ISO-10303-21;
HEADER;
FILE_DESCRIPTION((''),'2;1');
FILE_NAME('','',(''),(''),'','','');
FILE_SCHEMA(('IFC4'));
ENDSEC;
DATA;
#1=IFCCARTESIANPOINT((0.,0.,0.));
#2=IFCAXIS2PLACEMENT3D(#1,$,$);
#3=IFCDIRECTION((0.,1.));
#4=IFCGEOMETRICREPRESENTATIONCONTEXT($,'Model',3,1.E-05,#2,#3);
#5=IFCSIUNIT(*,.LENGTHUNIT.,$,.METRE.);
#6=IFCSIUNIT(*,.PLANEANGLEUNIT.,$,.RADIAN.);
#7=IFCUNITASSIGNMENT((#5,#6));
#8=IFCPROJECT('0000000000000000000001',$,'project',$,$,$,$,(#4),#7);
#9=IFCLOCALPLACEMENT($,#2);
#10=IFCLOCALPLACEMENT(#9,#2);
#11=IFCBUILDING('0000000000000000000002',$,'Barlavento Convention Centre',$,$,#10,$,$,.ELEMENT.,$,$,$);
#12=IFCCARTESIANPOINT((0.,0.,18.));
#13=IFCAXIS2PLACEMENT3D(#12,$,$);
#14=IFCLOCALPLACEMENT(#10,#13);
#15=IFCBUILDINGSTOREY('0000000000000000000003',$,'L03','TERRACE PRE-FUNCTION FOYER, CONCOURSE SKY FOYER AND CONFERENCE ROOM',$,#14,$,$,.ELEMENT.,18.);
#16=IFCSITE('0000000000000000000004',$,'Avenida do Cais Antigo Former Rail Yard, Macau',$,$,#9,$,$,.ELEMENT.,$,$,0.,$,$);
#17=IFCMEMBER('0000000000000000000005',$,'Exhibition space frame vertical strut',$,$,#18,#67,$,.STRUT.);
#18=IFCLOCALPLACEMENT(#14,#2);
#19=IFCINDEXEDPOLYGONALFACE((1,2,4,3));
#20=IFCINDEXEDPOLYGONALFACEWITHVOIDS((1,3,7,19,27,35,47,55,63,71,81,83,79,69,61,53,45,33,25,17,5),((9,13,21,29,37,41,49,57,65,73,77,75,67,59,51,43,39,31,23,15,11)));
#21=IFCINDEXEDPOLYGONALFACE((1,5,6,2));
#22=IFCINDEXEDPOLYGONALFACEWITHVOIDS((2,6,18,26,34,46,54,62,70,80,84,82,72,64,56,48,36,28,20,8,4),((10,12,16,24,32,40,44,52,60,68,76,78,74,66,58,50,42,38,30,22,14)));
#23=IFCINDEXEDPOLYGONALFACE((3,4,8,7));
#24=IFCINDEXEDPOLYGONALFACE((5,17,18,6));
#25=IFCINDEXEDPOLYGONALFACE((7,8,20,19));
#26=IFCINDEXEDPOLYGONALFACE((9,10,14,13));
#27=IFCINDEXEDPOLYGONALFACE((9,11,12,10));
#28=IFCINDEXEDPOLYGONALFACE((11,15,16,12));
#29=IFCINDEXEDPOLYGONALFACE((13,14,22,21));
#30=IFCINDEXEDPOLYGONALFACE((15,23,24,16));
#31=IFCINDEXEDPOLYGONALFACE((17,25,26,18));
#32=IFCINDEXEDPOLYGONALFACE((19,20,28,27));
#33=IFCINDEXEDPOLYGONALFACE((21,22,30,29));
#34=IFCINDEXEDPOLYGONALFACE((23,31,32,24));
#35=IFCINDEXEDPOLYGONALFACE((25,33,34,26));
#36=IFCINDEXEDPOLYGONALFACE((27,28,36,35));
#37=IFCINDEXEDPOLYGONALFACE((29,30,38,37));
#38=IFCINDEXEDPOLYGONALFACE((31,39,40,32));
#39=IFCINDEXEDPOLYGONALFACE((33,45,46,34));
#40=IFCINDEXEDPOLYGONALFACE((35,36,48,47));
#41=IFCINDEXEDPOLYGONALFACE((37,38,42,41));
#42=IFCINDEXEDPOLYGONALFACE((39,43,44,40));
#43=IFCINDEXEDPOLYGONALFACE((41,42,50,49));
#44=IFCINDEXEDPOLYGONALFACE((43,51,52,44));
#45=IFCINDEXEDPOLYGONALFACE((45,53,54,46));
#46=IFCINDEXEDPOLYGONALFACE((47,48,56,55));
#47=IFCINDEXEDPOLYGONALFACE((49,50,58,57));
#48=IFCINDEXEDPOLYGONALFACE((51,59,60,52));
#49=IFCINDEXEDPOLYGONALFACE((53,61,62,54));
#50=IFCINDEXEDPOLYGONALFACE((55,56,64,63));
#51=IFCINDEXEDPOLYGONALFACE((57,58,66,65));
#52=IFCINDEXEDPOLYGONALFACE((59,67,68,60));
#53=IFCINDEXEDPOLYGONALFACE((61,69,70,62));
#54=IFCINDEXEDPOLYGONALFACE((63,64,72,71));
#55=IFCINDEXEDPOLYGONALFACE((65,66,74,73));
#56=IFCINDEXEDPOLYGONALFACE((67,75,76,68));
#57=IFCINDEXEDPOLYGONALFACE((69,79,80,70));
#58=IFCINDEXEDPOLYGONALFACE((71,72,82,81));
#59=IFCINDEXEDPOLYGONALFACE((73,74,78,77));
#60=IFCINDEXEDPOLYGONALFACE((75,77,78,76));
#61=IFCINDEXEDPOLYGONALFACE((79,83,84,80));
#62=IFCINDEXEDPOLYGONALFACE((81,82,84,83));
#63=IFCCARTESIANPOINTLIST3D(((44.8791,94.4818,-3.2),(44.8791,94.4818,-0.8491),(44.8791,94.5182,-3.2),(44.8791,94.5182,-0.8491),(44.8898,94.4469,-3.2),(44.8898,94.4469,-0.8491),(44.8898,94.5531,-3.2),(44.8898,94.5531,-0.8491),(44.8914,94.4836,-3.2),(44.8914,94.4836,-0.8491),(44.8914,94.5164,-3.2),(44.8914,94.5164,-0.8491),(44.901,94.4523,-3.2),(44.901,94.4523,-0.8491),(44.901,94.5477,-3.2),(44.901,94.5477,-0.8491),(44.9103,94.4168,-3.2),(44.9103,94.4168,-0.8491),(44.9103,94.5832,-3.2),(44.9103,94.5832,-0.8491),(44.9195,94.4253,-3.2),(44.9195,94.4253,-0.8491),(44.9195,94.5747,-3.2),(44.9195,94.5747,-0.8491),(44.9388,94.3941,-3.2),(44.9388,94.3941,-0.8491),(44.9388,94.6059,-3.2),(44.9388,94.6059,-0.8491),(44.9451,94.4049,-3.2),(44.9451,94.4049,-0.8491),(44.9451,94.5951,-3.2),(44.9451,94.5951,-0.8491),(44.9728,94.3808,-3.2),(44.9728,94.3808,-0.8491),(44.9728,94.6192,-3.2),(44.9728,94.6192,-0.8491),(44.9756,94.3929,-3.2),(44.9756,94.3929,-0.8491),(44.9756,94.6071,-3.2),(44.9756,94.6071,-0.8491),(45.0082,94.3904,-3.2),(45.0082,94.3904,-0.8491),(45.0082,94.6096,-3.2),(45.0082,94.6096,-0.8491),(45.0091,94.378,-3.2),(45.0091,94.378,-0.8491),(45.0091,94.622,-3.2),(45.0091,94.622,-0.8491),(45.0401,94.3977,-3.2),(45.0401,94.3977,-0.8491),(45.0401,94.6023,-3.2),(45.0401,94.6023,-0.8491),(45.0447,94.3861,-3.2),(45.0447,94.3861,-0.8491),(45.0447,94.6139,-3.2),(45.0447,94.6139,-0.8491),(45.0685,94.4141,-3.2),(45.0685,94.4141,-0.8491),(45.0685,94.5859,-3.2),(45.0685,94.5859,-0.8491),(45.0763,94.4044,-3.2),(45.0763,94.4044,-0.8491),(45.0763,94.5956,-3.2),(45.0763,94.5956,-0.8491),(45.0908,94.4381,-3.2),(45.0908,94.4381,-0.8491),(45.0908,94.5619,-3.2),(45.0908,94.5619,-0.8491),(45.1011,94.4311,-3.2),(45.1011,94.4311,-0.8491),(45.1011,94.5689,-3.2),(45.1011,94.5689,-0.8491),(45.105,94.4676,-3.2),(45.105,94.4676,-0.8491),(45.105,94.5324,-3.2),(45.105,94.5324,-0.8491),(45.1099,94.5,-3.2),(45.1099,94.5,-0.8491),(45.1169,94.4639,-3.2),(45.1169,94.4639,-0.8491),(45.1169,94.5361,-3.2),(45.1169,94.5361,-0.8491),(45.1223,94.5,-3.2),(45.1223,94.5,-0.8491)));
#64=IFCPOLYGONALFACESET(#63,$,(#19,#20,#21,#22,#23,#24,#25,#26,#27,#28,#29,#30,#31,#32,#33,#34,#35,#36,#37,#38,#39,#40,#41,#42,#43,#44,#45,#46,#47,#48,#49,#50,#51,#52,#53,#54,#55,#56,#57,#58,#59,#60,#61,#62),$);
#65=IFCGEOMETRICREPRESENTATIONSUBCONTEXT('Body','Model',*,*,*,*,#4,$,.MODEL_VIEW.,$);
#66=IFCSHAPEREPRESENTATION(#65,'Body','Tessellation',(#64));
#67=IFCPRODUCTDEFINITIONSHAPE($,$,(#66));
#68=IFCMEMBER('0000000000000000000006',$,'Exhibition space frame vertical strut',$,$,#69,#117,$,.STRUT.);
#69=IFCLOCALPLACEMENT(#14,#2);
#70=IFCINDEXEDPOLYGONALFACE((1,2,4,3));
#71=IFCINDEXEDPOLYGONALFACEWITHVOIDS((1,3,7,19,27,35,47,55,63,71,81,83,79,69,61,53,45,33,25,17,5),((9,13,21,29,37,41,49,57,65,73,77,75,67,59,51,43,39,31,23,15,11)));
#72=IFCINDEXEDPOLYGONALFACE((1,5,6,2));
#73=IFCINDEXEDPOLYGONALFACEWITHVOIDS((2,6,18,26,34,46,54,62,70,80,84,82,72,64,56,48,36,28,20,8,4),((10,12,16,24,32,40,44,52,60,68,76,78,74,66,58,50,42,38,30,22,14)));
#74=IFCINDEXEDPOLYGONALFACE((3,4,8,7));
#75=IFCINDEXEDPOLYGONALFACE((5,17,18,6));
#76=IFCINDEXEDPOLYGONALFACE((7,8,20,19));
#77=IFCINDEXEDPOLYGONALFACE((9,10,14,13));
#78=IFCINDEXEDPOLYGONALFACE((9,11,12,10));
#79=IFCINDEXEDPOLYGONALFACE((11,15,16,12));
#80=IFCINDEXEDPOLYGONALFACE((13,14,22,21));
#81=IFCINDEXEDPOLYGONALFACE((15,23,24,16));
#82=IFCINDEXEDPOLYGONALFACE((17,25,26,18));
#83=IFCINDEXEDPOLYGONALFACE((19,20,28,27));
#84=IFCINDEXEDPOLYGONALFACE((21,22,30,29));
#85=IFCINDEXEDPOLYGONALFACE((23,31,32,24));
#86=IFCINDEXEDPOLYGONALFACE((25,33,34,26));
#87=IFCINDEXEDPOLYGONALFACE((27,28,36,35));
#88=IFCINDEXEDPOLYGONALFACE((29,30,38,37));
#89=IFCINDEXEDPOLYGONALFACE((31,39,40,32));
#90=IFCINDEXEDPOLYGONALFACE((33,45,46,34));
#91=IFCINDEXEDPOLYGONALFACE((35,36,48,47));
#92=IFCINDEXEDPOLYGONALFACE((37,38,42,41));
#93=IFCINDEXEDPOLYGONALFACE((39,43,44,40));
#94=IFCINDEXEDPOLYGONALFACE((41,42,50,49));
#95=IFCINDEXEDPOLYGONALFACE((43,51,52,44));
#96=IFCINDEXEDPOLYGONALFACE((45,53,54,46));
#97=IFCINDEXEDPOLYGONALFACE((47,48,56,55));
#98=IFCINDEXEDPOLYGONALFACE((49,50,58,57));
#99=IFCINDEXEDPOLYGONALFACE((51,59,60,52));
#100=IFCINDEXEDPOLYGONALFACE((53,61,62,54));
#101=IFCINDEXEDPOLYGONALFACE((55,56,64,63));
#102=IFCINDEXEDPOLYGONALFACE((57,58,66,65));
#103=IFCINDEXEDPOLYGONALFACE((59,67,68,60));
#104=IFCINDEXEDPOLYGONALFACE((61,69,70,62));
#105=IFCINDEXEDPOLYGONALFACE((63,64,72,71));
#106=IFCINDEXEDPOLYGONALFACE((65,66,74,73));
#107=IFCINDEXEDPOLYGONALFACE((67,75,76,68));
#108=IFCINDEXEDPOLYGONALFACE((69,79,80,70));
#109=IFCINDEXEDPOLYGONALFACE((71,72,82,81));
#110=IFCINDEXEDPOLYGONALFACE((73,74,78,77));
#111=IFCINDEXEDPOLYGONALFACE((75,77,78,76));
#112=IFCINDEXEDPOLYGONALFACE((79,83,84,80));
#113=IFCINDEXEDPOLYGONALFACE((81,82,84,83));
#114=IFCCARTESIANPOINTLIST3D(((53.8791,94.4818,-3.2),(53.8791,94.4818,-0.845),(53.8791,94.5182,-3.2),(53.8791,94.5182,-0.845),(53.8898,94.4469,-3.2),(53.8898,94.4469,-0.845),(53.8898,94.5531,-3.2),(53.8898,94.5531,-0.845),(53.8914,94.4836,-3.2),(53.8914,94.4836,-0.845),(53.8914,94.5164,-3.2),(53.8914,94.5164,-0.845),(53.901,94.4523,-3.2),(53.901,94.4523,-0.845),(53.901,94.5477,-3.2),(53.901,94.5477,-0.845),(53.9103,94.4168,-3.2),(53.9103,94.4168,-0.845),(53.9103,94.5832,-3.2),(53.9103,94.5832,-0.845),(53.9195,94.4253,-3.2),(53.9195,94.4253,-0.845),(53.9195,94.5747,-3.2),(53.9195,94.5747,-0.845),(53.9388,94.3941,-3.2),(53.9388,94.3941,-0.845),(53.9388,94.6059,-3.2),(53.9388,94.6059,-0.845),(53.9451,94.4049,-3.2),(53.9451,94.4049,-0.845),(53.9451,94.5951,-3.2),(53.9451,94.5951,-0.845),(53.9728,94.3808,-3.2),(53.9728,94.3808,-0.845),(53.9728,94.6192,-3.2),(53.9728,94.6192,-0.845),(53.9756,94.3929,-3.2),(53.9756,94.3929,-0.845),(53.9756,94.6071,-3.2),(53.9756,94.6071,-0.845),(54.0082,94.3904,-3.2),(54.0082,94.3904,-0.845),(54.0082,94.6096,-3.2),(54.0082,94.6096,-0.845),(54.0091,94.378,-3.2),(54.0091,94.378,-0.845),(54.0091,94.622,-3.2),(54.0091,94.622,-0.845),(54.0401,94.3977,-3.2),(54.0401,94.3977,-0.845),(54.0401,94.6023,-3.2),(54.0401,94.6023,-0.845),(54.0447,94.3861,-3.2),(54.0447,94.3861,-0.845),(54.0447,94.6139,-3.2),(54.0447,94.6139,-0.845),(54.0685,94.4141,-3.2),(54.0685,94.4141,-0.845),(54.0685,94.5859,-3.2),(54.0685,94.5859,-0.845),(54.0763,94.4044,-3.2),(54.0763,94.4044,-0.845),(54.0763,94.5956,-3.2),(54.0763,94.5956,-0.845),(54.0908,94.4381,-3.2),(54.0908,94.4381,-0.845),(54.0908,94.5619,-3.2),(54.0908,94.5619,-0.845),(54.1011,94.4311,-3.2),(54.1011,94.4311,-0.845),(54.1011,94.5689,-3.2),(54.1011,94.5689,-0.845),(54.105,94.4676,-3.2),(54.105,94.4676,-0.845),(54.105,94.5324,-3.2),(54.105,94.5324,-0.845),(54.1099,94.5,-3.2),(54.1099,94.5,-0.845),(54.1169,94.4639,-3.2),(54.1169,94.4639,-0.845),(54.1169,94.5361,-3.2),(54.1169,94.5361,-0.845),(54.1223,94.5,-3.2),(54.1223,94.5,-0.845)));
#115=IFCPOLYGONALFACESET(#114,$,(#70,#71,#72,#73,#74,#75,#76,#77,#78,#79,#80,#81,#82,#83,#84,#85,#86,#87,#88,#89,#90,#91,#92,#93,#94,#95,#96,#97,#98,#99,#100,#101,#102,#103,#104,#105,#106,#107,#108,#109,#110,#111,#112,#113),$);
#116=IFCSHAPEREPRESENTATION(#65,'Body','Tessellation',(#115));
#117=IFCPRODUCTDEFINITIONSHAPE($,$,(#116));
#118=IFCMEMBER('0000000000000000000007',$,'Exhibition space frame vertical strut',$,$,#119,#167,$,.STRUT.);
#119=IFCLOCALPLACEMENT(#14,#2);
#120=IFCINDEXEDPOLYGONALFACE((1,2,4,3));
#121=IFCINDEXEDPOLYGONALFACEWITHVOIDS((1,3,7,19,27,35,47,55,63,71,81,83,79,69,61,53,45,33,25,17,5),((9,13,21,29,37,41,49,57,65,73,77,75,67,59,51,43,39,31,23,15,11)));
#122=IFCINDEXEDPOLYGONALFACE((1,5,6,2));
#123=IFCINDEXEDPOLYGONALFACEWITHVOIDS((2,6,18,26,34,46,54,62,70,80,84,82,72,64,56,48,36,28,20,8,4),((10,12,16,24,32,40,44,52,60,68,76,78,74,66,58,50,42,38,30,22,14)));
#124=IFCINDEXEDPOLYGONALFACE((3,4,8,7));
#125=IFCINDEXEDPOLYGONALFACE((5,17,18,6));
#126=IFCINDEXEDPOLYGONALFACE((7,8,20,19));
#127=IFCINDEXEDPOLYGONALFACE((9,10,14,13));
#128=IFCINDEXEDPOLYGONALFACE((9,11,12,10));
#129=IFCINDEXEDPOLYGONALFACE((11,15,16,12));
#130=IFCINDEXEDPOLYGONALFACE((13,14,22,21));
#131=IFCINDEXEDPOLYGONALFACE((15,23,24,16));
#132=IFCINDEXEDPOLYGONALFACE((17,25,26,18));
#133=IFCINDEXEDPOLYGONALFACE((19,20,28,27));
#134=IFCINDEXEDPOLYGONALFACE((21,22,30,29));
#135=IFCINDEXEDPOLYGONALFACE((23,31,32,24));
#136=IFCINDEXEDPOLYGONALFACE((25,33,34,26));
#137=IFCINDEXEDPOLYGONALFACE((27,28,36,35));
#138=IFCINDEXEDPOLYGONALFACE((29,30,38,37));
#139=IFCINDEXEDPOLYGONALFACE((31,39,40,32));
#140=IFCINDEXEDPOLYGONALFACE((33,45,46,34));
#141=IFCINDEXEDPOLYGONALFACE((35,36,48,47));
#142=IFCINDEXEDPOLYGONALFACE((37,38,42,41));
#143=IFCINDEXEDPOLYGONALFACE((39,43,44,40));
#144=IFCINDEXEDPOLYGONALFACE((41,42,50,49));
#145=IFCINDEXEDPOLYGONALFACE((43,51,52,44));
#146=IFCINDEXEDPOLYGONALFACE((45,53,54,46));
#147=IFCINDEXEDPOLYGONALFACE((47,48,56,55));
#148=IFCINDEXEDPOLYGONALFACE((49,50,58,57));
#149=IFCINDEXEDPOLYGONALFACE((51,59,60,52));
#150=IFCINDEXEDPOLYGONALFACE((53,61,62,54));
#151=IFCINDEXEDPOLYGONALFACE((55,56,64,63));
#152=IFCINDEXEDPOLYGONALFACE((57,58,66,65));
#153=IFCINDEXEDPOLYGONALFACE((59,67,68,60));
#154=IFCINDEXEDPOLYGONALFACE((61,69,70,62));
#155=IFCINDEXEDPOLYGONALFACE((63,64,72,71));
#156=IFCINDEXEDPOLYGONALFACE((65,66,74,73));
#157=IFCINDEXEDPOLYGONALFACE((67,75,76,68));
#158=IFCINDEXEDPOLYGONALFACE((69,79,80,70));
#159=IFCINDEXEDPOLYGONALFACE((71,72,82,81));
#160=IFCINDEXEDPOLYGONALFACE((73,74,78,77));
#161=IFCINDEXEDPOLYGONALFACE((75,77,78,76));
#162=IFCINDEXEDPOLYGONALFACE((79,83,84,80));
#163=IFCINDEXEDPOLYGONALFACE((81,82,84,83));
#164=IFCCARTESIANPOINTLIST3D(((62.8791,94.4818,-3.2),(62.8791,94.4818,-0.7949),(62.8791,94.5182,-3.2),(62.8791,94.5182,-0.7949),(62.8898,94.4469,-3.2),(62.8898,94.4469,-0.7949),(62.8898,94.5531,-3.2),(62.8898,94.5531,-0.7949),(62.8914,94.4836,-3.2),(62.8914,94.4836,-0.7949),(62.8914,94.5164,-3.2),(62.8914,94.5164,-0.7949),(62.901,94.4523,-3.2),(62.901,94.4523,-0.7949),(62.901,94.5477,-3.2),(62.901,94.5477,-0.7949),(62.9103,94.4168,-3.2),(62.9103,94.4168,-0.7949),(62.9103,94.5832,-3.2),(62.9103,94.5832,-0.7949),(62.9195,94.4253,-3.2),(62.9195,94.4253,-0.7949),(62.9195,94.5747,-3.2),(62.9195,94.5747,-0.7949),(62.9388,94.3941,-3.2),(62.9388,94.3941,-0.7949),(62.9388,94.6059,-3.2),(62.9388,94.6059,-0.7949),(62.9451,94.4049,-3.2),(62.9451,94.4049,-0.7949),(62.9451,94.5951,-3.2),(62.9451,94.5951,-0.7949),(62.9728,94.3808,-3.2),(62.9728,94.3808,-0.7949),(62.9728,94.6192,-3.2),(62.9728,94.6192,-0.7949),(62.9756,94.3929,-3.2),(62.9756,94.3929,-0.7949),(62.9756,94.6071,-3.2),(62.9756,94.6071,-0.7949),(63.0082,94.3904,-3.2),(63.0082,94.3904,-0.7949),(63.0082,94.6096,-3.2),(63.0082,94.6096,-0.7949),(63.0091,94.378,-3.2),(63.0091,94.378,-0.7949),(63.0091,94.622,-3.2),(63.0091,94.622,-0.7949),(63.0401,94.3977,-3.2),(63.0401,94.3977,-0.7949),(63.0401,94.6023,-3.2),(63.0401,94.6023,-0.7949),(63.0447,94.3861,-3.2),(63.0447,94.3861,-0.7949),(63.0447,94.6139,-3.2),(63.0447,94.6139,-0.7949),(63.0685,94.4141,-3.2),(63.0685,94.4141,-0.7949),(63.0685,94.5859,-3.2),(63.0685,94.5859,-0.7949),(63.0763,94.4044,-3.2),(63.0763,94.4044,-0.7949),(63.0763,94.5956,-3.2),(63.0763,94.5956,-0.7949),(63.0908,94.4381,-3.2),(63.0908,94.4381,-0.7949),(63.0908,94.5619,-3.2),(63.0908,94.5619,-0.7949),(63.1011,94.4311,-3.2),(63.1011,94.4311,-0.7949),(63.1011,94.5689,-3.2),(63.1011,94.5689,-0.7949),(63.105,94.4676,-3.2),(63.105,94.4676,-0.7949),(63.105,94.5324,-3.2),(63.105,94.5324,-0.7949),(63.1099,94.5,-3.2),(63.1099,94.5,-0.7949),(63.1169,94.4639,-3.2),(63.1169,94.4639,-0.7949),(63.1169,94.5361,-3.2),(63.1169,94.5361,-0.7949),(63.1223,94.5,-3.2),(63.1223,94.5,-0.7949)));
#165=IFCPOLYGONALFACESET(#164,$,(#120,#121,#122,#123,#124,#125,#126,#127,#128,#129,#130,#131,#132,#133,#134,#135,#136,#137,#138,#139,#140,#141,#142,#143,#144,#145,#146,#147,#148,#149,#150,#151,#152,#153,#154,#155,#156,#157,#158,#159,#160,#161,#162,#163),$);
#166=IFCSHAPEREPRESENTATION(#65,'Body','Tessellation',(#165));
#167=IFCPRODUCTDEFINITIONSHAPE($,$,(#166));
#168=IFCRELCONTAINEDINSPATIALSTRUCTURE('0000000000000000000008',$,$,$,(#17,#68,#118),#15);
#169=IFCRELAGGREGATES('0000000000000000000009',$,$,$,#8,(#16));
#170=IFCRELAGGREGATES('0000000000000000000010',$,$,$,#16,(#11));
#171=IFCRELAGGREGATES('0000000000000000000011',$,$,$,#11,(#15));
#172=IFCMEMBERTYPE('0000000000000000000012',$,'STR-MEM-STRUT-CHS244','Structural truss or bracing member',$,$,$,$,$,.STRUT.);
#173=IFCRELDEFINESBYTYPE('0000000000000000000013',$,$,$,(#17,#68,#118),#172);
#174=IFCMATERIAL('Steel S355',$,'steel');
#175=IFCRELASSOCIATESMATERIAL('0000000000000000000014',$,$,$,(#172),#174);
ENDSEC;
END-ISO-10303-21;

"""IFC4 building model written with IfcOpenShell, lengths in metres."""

from ifc_helpers import new_model, si_unit, direction, frame, origin, origin_2d, place, context, subcontext, project, spatial, hollow_circle, extrude, material, material_profile, profile_set, type_object, element, save


model = new_model("IFC4")

# Units and contexts
model_context = context("Model", 3, precision=1e-05, world=origin(), true_north=direction((0.0, 1.0)))
body_context = subcontext(model_context, "Body", "Model", "MODEL_VIEW")
ifc_project = project(units=[si_unit("LENGTHUNIT", "METRE"), si_unit("PLANEANGLEUNIT", "RADIAN")], contexts=[model_context])

# Site, building, storey
site_placement = place(None, origin())
site = spatial("IfcSite", under=ifc_project, at=site_placement, Name="Avenida do Cais Antigo Former Rail Yard, Macau", CompositionType="ELEMENT", RefElevation=0.0)
building_placement = place(site_placement, origin())
building = spatial("IfcBuilding", under=site, at=building_placement, Name="Barlavento Convention Centre", CompositionType="ELEMENT")
storey_placement = place(building_placement, frame((0.0, 0.0, 18.0)))
storey = spatial("IfcBuildingStorey", under=building, at=storey_placement, Name="L03", Description="TERRACE PRE-FUNCTION FOYER, CONCOURSE SKY FOYER AND CONFERENCE ROOM", CompositionType="ELEMENT", Elevation=18.0)

# Members
ifc_material_1 = material(Name="Steel S355", Category="steel")
ifc_material_profile_1 = material_profile(ifc_material_1, hollow_circle(Radius=0.1223, WallThickness=0.0125, at=origin_2d()), Name="CHS 244.5x12.5")
ifc_profile_set_1 = profile_set([ifc_material_profile_1], Name="Steel S355")
member_type_1 = type_object("IfcMemberType", Name="STR-MEM-STRUT-CHS244", Description="Structural truss or bracing member", PredefinedType="STRUT", material=ifc_profile_set_1)
member_1_placement = place(storey_placement, frame((45.0, 94.5, -3.2), z_axis=(0.0, 0.0, 1.0), x_axis=(1.0, 0.0, 0.0)))
element("IfcMember", 1, at=member_1_placement, inside=storey, type_object=member_type_1, Name="Exhibition space frame vertical strut", PredefinedType="STRUT", context=body_context, shape_type="SweptSolid", body=[
    extrude(hollow_circle(Radius=0.1223, WallThickness=0.0125, at=origin_2d()), origin(), (0.0, 0.0, 1.0), 2.3508),
])
member_2_placement = place(storey_placement, frame((54.0, 94.5, -3.2), z_axis=(0.0, 0.0, 1.0), x_axis=(1.0, 0.0, 0.0)))
element("IfcMember", 2, at=member_2_placement, inside=storey, type_object=member_type_1, Name="Exhibition space frame vertical strut", PredefinedType="STRUT", context=body_context, shape_type="SweptSolid", body=[
    extrude(hollow_circle(Radius=0.1223, WallThickness=0.0125, at=origin_2d()), origin(), (0.0, 0.0, 1.0), 2.355),
])
member_3_placement = place(storey_placement, frame((63.0, 94.5, -3.2), z_axis=(0.0, 0.0, 1.0), x_axis=(1.0, 0.0, 0.0)))
element("IfcMember", 3, at=member_3_placement, inside=storey, type_object=member_type_1, Name="Exhibition space frame vertical strut", PredefinedType="STRUT", context=body_context, shape_type="SweptSolid", body=[
    extrude(hollow_circle(Radius=0.1223, WallThickness=0.0125, at=origin_2d()), origin(), (0.0, 0.0, 1.0), 2.405),
])

save(model, "model.ifc")
